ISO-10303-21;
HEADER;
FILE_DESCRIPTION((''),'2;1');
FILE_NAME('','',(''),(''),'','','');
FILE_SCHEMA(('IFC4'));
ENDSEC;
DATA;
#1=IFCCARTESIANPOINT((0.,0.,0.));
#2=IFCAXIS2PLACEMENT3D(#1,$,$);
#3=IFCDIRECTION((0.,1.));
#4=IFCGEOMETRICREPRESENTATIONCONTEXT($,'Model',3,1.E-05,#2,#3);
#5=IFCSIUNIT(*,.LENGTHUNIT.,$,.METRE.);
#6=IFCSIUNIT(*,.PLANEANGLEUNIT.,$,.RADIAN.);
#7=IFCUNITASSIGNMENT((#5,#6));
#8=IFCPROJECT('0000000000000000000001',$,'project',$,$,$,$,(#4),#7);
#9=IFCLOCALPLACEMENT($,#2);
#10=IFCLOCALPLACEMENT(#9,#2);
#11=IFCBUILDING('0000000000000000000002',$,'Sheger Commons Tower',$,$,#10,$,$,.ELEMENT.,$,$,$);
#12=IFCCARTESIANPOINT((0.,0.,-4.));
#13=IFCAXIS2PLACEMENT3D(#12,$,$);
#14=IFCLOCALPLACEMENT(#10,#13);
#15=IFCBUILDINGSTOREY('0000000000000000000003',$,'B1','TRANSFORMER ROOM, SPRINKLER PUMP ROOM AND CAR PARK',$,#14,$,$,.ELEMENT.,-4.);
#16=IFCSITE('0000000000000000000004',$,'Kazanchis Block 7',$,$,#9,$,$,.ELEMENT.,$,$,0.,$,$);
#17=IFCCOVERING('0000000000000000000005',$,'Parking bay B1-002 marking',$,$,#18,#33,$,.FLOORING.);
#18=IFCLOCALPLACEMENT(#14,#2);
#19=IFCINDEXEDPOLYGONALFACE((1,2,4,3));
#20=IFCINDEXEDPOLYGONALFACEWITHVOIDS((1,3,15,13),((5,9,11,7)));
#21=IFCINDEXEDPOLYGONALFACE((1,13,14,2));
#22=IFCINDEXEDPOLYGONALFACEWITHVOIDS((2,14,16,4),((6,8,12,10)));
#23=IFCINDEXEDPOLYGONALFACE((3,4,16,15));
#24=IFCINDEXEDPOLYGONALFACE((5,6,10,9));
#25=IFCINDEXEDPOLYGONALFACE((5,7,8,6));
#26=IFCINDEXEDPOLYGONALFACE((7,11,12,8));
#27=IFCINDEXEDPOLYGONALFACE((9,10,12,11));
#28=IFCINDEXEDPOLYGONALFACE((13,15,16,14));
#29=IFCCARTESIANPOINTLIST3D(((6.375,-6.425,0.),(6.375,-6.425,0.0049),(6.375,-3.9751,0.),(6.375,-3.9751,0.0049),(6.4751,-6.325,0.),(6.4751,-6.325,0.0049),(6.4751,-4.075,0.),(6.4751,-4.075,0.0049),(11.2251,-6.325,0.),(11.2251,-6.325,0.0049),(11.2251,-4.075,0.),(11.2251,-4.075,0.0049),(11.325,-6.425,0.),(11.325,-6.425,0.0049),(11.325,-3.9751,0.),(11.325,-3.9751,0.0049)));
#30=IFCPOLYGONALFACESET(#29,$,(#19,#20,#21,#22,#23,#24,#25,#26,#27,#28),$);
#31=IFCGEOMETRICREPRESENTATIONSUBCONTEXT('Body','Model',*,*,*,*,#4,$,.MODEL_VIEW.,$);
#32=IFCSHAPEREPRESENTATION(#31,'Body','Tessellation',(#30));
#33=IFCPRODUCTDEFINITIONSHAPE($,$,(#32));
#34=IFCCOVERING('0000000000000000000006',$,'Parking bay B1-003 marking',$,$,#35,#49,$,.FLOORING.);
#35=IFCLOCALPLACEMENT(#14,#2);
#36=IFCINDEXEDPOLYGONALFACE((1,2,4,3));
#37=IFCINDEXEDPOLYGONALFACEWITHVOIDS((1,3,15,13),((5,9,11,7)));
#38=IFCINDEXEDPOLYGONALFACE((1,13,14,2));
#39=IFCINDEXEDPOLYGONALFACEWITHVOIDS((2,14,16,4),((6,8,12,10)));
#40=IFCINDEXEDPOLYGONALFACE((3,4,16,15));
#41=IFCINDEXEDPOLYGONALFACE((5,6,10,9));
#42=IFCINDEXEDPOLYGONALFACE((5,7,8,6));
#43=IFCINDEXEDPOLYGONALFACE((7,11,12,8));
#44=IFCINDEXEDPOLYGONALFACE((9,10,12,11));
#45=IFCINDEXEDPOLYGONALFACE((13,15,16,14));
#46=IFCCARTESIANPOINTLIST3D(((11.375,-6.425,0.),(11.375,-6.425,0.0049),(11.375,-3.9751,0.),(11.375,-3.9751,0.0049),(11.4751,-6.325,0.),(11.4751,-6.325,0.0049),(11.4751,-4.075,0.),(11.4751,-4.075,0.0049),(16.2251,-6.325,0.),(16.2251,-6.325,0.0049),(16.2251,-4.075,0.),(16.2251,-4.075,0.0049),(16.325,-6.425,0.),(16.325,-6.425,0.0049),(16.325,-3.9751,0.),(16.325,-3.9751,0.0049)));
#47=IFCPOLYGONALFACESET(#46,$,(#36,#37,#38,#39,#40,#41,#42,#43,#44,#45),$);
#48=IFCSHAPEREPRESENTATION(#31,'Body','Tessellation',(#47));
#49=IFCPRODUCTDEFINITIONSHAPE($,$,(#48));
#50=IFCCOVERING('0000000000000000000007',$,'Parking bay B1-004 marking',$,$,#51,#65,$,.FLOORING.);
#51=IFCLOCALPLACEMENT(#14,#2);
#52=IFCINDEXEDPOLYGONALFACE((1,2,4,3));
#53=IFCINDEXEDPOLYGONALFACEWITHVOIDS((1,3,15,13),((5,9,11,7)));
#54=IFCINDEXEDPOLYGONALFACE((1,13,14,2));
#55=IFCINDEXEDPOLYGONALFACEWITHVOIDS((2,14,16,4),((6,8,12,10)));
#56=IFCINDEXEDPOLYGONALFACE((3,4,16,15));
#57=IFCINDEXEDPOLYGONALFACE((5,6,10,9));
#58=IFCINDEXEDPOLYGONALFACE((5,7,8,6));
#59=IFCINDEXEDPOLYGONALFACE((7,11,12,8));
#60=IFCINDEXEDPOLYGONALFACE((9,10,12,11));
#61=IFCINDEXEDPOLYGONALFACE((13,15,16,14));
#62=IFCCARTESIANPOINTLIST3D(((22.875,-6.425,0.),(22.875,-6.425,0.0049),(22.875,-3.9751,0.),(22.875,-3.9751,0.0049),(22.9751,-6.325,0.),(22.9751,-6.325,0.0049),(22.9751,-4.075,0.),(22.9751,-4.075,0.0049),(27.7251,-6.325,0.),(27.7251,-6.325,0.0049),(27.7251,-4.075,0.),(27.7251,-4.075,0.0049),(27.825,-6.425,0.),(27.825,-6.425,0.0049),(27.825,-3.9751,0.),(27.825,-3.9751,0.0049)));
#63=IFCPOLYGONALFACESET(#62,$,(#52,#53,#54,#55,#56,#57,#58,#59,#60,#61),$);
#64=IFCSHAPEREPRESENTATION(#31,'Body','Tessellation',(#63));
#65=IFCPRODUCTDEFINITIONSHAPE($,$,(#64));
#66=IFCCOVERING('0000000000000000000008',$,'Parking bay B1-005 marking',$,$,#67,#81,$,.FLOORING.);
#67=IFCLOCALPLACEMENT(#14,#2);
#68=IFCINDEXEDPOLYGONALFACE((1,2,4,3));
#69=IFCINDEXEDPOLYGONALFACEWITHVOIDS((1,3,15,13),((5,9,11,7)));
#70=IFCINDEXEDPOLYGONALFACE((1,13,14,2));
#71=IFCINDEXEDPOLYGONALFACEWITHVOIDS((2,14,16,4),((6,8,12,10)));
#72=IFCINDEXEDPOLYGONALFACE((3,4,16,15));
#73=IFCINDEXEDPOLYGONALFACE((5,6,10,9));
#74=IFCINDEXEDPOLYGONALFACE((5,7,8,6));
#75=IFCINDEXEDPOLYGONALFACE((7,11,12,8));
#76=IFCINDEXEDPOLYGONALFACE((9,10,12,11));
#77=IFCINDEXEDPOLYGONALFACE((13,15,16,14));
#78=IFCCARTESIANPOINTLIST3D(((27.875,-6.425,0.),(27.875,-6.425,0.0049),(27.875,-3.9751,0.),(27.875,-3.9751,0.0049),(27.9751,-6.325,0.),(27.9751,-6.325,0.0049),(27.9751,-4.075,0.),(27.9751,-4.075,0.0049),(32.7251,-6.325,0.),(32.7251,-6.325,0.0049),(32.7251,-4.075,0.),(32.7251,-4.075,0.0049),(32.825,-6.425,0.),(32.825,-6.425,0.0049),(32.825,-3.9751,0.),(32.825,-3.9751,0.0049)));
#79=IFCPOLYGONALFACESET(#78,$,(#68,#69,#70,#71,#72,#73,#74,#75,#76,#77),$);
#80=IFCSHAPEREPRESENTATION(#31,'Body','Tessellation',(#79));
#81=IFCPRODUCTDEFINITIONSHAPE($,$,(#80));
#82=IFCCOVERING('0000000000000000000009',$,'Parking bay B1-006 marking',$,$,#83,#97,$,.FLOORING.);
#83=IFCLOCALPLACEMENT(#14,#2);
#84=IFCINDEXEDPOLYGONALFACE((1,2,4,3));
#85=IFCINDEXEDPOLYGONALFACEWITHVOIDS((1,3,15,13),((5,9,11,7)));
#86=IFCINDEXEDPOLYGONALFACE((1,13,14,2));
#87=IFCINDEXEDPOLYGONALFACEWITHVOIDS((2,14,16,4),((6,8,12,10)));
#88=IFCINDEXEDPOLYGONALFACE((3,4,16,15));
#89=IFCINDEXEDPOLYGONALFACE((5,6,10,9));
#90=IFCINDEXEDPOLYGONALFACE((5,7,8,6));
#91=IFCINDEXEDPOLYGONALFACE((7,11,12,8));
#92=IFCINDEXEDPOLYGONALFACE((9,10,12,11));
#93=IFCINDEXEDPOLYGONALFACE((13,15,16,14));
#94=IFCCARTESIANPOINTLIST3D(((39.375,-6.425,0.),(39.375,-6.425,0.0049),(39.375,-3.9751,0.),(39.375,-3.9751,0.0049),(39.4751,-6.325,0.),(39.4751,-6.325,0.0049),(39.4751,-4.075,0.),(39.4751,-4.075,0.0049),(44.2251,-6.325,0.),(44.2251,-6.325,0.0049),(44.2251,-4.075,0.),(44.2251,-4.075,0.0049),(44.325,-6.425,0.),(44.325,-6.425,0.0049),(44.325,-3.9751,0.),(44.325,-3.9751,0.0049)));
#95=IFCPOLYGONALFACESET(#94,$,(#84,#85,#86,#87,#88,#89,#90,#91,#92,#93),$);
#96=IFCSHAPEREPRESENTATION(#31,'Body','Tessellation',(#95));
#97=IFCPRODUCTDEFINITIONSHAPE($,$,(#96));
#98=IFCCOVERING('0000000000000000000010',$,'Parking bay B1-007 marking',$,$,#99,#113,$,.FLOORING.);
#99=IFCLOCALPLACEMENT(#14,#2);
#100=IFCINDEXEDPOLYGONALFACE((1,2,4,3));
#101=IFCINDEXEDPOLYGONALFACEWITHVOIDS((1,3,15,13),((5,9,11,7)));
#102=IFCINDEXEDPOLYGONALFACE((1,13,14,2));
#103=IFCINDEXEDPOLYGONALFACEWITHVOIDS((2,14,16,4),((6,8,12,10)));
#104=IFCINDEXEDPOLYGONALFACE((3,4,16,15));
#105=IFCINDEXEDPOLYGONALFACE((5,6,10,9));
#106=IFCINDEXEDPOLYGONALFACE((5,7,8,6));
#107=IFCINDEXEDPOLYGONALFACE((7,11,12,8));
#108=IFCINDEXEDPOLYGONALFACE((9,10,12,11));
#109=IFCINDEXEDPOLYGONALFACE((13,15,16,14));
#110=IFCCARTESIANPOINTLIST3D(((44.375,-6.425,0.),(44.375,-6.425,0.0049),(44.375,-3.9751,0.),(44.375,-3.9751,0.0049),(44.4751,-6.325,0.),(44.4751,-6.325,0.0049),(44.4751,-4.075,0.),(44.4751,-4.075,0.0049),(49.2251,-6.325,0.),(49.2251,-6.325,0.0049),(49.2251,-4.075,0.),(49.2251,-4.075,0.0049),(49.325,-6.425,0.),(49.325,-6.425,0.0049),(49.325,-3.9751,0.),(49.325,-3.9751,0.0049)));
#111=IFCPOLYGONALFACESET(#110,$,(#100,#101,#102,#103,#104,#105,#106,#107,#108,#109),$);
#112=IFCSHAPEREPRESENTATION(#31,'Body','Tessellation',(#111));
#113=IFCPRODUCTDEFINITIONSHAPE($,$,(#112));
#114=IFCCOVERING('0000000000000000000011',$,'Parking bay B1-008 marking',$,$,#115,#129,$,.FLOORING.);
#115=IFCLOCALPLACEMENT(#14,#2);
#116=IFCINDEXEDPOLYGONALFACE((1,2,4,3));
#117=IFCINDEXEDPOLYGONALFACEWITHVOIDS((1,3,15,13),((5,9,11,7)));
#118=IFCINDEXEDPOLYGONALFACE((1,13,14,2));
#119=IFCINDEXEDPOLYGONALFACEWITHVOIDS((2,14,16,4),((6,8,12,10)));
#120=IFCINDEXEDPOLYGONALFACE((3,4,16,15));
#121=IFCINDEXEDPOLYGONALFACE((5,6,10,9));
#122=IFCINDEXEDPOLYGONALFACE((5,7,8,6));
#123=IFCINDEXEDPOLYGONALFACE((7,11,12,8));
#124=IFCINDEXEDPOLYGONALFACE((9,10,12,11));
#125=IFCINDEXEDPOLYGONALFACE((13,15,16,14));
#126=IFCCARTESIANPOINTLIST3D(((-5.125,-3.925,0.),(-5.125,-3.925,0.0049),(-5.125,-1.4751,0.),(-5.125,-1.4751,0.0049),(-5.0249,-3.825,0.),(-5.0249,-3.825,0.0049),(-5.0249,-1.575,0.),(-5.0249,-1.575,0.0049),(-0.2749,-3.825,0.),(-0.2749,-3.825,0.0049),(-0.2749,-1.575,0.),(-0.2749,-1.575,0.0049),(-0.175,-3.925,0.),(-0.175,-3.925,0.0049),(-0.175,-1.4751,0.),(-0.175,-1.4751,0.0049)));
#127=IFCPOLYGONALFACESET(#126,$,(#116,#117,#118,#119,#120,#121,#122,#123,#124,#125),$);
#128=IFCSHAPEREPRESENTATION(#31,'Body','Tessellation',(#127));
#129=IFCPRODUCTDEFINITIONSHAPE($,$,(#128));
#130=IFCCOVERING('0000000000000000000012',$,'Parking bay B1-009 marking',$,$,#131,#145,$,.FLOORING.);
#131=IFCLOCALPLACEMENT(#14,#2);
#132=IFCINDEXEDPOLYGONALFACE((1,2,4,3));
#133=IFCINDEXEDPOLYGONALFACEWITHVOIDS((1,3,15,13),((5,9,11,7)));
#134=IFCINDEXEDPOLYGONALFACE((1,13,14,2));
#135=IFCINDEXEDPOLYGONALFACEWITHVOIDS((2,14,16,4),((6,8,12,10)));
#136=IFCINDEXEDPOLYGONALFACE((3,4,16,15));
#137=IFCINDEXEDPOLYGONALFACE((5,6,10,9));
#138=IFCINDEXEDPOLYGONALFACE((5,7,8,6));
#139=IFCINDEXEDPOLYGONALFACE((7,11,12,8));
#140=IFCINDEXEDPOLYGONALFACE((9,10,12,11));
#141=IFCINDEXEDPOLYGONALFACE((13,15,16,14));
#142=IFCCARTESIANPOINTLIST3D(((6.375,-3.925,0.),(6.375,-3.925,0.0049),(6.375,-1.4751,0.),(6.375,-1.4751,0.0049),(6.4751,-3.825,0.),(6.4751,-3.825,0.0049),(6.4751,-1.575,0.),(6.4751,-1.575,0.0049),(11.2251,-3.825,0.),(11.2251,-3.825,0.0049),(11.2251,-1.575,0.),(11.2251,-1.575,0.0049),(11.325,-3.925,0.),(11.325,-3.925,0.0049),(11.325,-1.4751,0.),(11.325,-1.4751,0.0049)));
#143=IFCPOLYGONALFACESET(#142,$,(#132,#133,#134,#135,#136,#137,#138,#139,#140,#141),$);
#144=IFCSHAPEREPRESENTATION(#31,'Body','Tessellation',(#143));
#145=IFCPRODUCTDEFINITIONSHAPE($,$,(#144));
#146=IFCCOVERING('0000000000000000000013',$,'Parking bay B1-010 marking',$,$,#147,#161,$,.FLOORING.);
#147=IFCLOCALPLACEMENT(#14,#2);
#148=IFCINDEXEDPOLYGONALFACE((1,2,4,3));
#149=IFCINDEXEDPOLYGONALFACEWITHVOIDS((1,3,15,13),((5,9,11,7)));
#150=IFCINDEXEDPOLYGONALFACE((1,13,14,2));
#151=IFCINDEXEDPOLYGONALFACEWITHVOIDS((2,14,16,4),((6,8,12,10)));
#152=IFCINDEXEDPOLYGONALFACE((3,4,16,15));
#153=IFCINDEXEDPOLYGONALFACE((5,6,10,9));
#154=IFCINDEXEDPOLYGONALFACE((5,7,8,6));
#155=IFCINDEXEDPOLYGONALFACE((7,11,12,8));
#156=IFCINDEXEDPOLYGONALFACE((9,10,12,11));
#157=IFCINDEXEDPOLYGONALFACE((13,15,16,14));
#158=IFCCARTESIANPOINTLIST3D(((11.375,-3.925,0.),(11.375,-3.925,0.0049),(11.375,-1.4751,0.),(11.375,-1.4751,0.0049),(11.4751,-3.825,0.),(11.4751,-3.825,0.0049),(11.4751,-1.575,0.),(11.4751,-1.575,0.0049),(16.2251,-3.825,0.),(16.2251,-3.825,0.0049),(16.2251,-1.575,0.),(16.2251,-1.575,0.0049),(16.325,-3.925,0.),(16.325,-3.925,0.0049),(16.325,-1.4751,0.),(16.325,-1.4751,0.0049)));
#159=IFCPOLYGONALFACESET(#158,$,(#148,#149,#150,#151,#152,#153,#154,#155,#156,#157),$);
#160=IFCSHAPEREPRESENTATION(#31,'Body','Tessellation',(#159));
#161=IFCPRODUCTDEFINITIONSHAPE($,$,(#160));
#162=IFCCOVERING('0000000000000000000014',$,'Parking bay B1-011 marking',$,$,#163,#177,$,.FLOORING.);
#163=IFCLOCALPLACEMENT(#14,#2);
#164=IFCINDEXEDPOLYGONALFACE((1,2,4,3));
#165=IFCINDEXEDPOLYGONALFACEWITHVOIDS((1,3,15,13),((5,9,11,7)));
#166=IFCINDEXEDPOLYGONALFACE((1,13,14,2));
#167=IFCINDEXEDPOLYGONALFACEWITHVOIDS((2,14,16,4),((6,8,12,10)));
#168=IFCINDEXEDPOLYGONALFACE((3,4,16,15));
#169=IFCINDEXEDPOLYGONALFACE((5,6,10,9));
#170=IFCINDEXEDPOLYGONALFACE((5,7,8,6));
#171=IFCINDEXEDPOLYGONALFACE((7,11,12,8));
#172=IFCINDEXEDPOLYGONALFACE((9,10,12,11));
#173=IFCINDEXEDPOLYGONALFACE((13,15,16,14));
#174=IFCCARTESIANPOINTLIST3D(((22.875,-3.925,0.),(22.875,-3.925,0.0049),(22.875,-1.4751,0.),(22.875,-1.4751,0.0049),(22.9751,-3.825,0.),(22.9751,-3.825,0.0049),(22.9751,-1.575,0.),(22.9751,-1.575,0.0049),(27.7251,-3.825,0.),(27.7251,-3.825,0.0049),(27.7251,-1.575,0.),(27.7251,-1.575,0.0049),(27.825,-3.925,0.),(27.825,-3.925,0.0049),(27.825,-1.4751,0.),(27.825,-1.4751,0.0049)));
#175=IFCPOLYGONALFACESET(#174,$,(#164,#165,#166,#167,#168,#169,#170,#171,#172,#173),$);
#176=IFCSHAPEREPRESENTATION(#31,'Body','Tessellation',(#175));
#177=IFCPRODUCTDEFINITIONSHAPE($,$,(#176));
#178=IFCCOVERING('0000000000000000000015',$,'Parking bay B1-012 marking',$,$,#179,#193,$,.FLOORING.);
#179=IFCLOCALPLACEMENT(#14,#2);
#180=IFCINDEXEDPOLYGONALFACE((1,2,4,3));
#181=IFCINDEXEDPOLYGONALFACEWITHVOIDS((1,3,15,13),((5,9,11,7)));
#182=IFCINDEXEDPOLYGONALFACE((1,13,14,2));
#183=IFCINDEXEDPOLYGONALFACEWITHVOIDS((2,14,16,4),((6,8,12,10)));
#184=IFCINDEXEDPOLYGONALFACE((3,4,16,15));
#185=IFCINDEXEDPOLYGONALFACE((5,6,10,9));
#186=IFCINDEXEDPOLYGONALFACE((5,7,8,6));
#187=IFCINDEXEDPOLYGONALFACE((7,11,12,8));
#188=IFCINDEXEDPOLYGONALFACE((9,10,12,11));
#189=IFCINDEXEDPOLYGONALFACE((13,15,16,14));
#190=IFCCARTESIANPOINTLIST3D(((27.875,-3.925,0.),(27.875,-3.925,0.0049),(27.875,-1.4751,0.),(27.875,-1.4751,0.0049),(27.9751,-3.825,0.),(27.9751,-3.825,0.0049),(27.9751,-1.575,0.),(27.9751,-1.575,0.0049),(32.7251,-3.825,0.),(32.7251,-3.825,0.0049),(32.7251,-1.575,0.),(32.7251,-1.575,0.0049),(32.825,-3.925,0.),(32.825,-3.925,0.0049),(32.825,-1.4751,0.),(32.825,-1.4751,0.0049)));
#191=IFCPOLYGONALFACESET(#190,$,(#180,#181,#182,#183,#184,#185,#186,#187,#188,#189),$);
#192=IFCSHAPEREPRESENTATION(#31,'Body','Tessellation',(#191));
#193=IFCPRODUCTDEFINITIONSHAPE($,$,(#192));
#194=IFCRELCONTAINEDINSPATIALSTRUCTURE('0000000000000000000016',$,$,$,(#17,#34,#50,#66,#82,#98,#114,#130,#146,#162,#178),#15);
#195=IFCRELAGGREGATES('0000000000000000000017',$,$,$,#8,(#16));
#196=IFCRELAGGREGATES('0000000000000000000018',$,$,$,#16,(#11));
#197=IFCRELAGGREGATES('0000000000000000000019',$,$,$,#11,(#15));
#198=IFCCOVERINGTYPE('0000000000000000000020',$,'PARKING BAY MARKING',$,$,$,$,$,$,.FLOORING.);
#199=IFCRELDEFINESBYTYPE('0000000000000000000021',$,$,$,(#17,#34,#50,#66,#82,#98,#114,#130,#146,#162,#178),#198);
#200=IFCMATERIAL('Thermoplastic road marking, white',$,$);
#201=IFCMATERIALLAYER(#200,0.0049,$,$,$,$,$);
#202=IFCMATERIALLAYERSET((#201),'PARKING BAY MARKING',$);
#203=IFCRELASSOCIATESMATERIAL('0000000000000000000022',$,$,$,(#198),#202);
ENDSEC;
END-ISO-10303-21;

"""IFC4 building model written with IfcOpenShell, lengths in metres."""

from ifc_helpers import new_model, si_unit, direction, frame, origin, place, context, subcontext, project, spatial, polyline, outline, extrude, material, layer, layer_set, type_object, element, save


model = new_model("IFC4")

# Units and contexts
model_context = context("Model", 3, precision=1e-05, world=origin(), true_north=direction((0.0, 1.0)))
body_context = subcontext(model_context, "Body", "Model", "MODEL_VIEW")
ifc_project = project(units=[si_unit("LENGTHUNIT", "METRE"), si_unit("PLANEANGLEUNIT", "RADIAN")], contexts=[model_context])

# Site, building, storey
site_placement = place(None, origin())
site = spatial("IfcSite", under=ifc_project, at=site_placement, Name="Kazanchis Block 7", CompositionType="ELEMENT", RefElevation=0.0)
building_placement = place(site_placement, origin())
building = spatial("IfcBuilding", under=site, at=building_placement, Name="Sheger Commons Tower", CompositionType="ELEMENT")
storey_placement = place(building_placement, frame((0.0, 0.0, -4.0)))
storey = spatial("IfcBuildingStorey", under=building, at=storey_placement, Name="B1", Description="TRANSFORMER ROOM, SPRINKLER PUMP ROOM AND CAR PARK", CompositionType="ELEMENT", Elevation=-4.0)

# Coverings
ifc_material_1 = material(Name="Thermoplastic road marking, white")
ifc_layer_1 = layer(ifc_material_1, 0.0049)
ifc_layer_set_1 = layer_set([ifc_layer_1], Name="PARKING BAY MARKING")
covering_type_1 = type_object("IfcCoveringType", Name="PARKING BAY MARKING", PredefinedType="FLOORING", material=ifc_layer_set_1)
covering_1_placement = place(storey_placement, origin())
element("IfcCovering", 1, at=covering_1_placement, inside=storey, type_object=covering_type_1, Name="Parking bay B1-002 marking", PredefinedType="FLOORING", context=body_context, shape_type="SweptSolid", body=[
    extrude(outline(polyline([(6.375, -6.425), (11.325, -6.425), (11.325, -3.9751), (6.375, -3.9751), (6.375, -6.425)]), holes=[polyline([(11.2251, -4.075), (11.2251, -6.325), (6.4751, -6.325), (6.4751, -4.075), (11.2251, -4.075)])]), origin(), (0.0, 0.0, 1.0), 0.0049),
])
covering_2_placement = place(storey_placement, origin())
element("IfcCovering", 2, at=covering_2_placement, inside=storey, type_object=covering_type_1, Name="Parking bay B1-003 marking", PredefinedType="FLOORING", context=body_context, shape_type="SweptSolid", body=[
    extrude(outline(polyline([(11.375, -6.425), (16.325, -6.425), (16.325, -3.9751), (11.375, -3.9751), (11.375, -6.425)]), holes=[polyline([(16.2251, -4.075), (16.2251, -6.325), (11.4751, -6.325), (11.4751, -4.075), (16.2251, -4.075)])]), origin(), (0.0, 0.0, 1.0), 0.0049),
])
covering_3_placement = place(storey_placement, origin())
element("IfcCovering", 3, at=covering_3_placement, inside=storey, type_object=covering_type_1, Name="Parking bay B1-004 marking", PredefinedType="FLOORING", context=body_context, shape_type="SweptSolid", body=[
    extrude(outline(polyline([(22.875, -6.425), (27.825, -6.425), (27.825, -3.9751), (22.875, -3.9751), (22.875, -6.425)]), holes=[polyline([(27.7251, -4.075), (27.7251, -6.325), (22.9751, -6.325), (22.9751, -4.075), (27.7251, -4.075)])]), origin(), (0.0, 0.0, 1.0), 0.0049),
])
covering_4_placement = place(storey_placement, origin())
element("IfcCovering", 4, at=covering_4_placement, inside=storey, type_object=covering_type_1, Name="Parking bay B1-005 marking", PredefinedType="FLOORING", context=body_context, shape_type="SweptSolid", body=[
    extrude(outline(polyline([(27.875, -6.425), (32.825, -6.425), (32.825, -3.9751), (27.875, -3.9751), (27.875, -6.425)]), holes=[polyline([(32.7251, -4.075), (32.7251, -6.325), (27.9751, -6.325), (27.9751, -4.075), (32.7251, -4.075)])]), origin(), (0.0, 0.0, 1.0), 0.0049),
])
covering_5_placement = place(storey_placement, origin())
element("IfcCovering", 5, at=covering_5_placement, inside=storey, type_object=covering_type_1, Name="Parking bay B1-006 marking", PredefinedType="FLOORING", context=body_context, shape_type="SweptSolid", body=[
    extrude(outline(polyline([(39.375, -6.425), (44.325, -6.425), (44.325, -3.9751), (39.375, -3.9751), (39.375, -6.425)]), holes=[polyline([(44.2251, -4.075), (44.2251, -6.325), (39.4751, -6.325), (39.4751, -4.075), (44.2251, -4.075)])]), origin(), (0.0, 0.0, 1.0), 0.0049),
])
covering_6_placement = place(storey_placement, origin())
element("IfcCovering", 6, at=covering_6_placement, inside=storey, type_object=covering_type_1, Name="Parking bay B1-007 marking", PredefinedType="FLOORING", context=body_context, shape_type="SweptSolid", body=[
    extrude(outline(polyline([(44.375, -6.425), (49.325, -6.425), (49.325, -3.9751), (44.375, -3.9751), (44.375, -6.425)]), holes=[polyline([(49.2251, -4.075), (49.2251, -6.325), (44.4751, -6.325), (44.4751, -4.075), (49.2251, -4.075)])]), origin(), (0.0, 0.0, 1.0), 0.0049),
])
covering_7_placement = place(storey_placement, origin())
element("IfcCovering", 7, at=covering_7_placement, inside=storey, type_object=covering_type_1, Name="Parking bay B1-008 marking", PredefinedType="FLOORING", context=body_context, shape_type="SweptSolid", body=[
    extrude(outline(polyline([(-5.125, -3.925), (-0.175, -3.925), (-0.175, -1.4751), (-5.125, -1.4751), (-5.125, -3.925)]), holes=[polyline([(-0.2749, -1.575), (-0.2749, -3.825), (-5.0249, -3.825), (-5.0249, -1.575), (-0.2749, -1.575)])]), origin(), (0.0, 0.0, 1.0), 0.0049),
])
covering_8_placement = place(storey_placement, origin())
element("IfcCovering", 8, at=covering_8_placement, inside=storey, type_object=covering_type_1, Name="Parking bay B1-009 marking", PredefinedType="FLOORING", context=body_context, shape_type="SweptSolid", body=[
    extrude(outline(polyline([(6.375, -3.925), (11.325, -3.925), (11.325, -1.4751), (6.375, -1.4751), (6.375, -3.925)]), holes=[polyline([(11.2251, -1.575), (11.2251, -3.825), (6.4751, -3.825), (6.4751, -1.575), (11.2251, -1.575)])]), origin(), (0.0, 0.0, 1.0), 0.0049),
])
covering_9_placement = place(storey_placement, origin())
element("IfcCovering", 9, at=covering_9_placement, inside=storey, type_object=covering_type_1, Name="Parking bay B1-010 marking", PredefinedType="FLOORING", context=body_context, shape_type="SweptSolid", body=[
    extrude(outline(polyline([(11.375, -3.925), (16.325, -3.925), (16.325, -1.4751), (11.375, -1.4751), (11.375, -3.925)]), holes=[polyline([(16.2251, -1.575), (16.2251, -3.825), (11.4751, -3.825), (11.4751, -1.575), (16.2251, -1.575)])]), origin(), (0.0, 0.0, 1.0), 0.0049),
])
covering_10_placement = place(storey_placement, origin())
element("IfcCovering", 10, at=covering_10_placement, inside=storey, type_object=covering_type_1, Name="Parking bay B1-011 marking", PredefinedType="FLOORING", context=body_context, shape_type="SweptSolid", body=[
    extrude(outline(polyline([(22.875, -3.925), (27.825, -3.925), (27.825, -1.4751), (22.875, -1.4751), (22.875, -3.925)]), holes=[polyline([(27.7251, -1.575), (27.7251, -3.825), (22.9751, -3.825), (22.9751, -1.575), (27.7251, -1.575)])]), origin(), (0.0, 0.0, 1.0), 0.0049),
])
covering_11_placement = place(storey_placement, origin())
element("IfcCovering", 11, at=covering_11_placement, inside=storey, type_object=covering_type_1, Name="Parking bay B1-012 marking", PredefinedType="FLOORING", context=body_context, shape_type="SweptSolid", body=[
    extrude(outline(polyline([(27.875, -3.925), (32.825, -3.925), (32.825, -1.4751), (27.875, -1.4751), (27.875, -3.925)]), holes=[polyline([(32.7251, -1.575), (32.7251, -3.825), (27.9751, -3.825), (27.9751, -1.575), (32.7251, -1.575)])]), origin(), (0.0, 0.0, 1.0), 0.0049),
])

save(model, "model.ifc")
